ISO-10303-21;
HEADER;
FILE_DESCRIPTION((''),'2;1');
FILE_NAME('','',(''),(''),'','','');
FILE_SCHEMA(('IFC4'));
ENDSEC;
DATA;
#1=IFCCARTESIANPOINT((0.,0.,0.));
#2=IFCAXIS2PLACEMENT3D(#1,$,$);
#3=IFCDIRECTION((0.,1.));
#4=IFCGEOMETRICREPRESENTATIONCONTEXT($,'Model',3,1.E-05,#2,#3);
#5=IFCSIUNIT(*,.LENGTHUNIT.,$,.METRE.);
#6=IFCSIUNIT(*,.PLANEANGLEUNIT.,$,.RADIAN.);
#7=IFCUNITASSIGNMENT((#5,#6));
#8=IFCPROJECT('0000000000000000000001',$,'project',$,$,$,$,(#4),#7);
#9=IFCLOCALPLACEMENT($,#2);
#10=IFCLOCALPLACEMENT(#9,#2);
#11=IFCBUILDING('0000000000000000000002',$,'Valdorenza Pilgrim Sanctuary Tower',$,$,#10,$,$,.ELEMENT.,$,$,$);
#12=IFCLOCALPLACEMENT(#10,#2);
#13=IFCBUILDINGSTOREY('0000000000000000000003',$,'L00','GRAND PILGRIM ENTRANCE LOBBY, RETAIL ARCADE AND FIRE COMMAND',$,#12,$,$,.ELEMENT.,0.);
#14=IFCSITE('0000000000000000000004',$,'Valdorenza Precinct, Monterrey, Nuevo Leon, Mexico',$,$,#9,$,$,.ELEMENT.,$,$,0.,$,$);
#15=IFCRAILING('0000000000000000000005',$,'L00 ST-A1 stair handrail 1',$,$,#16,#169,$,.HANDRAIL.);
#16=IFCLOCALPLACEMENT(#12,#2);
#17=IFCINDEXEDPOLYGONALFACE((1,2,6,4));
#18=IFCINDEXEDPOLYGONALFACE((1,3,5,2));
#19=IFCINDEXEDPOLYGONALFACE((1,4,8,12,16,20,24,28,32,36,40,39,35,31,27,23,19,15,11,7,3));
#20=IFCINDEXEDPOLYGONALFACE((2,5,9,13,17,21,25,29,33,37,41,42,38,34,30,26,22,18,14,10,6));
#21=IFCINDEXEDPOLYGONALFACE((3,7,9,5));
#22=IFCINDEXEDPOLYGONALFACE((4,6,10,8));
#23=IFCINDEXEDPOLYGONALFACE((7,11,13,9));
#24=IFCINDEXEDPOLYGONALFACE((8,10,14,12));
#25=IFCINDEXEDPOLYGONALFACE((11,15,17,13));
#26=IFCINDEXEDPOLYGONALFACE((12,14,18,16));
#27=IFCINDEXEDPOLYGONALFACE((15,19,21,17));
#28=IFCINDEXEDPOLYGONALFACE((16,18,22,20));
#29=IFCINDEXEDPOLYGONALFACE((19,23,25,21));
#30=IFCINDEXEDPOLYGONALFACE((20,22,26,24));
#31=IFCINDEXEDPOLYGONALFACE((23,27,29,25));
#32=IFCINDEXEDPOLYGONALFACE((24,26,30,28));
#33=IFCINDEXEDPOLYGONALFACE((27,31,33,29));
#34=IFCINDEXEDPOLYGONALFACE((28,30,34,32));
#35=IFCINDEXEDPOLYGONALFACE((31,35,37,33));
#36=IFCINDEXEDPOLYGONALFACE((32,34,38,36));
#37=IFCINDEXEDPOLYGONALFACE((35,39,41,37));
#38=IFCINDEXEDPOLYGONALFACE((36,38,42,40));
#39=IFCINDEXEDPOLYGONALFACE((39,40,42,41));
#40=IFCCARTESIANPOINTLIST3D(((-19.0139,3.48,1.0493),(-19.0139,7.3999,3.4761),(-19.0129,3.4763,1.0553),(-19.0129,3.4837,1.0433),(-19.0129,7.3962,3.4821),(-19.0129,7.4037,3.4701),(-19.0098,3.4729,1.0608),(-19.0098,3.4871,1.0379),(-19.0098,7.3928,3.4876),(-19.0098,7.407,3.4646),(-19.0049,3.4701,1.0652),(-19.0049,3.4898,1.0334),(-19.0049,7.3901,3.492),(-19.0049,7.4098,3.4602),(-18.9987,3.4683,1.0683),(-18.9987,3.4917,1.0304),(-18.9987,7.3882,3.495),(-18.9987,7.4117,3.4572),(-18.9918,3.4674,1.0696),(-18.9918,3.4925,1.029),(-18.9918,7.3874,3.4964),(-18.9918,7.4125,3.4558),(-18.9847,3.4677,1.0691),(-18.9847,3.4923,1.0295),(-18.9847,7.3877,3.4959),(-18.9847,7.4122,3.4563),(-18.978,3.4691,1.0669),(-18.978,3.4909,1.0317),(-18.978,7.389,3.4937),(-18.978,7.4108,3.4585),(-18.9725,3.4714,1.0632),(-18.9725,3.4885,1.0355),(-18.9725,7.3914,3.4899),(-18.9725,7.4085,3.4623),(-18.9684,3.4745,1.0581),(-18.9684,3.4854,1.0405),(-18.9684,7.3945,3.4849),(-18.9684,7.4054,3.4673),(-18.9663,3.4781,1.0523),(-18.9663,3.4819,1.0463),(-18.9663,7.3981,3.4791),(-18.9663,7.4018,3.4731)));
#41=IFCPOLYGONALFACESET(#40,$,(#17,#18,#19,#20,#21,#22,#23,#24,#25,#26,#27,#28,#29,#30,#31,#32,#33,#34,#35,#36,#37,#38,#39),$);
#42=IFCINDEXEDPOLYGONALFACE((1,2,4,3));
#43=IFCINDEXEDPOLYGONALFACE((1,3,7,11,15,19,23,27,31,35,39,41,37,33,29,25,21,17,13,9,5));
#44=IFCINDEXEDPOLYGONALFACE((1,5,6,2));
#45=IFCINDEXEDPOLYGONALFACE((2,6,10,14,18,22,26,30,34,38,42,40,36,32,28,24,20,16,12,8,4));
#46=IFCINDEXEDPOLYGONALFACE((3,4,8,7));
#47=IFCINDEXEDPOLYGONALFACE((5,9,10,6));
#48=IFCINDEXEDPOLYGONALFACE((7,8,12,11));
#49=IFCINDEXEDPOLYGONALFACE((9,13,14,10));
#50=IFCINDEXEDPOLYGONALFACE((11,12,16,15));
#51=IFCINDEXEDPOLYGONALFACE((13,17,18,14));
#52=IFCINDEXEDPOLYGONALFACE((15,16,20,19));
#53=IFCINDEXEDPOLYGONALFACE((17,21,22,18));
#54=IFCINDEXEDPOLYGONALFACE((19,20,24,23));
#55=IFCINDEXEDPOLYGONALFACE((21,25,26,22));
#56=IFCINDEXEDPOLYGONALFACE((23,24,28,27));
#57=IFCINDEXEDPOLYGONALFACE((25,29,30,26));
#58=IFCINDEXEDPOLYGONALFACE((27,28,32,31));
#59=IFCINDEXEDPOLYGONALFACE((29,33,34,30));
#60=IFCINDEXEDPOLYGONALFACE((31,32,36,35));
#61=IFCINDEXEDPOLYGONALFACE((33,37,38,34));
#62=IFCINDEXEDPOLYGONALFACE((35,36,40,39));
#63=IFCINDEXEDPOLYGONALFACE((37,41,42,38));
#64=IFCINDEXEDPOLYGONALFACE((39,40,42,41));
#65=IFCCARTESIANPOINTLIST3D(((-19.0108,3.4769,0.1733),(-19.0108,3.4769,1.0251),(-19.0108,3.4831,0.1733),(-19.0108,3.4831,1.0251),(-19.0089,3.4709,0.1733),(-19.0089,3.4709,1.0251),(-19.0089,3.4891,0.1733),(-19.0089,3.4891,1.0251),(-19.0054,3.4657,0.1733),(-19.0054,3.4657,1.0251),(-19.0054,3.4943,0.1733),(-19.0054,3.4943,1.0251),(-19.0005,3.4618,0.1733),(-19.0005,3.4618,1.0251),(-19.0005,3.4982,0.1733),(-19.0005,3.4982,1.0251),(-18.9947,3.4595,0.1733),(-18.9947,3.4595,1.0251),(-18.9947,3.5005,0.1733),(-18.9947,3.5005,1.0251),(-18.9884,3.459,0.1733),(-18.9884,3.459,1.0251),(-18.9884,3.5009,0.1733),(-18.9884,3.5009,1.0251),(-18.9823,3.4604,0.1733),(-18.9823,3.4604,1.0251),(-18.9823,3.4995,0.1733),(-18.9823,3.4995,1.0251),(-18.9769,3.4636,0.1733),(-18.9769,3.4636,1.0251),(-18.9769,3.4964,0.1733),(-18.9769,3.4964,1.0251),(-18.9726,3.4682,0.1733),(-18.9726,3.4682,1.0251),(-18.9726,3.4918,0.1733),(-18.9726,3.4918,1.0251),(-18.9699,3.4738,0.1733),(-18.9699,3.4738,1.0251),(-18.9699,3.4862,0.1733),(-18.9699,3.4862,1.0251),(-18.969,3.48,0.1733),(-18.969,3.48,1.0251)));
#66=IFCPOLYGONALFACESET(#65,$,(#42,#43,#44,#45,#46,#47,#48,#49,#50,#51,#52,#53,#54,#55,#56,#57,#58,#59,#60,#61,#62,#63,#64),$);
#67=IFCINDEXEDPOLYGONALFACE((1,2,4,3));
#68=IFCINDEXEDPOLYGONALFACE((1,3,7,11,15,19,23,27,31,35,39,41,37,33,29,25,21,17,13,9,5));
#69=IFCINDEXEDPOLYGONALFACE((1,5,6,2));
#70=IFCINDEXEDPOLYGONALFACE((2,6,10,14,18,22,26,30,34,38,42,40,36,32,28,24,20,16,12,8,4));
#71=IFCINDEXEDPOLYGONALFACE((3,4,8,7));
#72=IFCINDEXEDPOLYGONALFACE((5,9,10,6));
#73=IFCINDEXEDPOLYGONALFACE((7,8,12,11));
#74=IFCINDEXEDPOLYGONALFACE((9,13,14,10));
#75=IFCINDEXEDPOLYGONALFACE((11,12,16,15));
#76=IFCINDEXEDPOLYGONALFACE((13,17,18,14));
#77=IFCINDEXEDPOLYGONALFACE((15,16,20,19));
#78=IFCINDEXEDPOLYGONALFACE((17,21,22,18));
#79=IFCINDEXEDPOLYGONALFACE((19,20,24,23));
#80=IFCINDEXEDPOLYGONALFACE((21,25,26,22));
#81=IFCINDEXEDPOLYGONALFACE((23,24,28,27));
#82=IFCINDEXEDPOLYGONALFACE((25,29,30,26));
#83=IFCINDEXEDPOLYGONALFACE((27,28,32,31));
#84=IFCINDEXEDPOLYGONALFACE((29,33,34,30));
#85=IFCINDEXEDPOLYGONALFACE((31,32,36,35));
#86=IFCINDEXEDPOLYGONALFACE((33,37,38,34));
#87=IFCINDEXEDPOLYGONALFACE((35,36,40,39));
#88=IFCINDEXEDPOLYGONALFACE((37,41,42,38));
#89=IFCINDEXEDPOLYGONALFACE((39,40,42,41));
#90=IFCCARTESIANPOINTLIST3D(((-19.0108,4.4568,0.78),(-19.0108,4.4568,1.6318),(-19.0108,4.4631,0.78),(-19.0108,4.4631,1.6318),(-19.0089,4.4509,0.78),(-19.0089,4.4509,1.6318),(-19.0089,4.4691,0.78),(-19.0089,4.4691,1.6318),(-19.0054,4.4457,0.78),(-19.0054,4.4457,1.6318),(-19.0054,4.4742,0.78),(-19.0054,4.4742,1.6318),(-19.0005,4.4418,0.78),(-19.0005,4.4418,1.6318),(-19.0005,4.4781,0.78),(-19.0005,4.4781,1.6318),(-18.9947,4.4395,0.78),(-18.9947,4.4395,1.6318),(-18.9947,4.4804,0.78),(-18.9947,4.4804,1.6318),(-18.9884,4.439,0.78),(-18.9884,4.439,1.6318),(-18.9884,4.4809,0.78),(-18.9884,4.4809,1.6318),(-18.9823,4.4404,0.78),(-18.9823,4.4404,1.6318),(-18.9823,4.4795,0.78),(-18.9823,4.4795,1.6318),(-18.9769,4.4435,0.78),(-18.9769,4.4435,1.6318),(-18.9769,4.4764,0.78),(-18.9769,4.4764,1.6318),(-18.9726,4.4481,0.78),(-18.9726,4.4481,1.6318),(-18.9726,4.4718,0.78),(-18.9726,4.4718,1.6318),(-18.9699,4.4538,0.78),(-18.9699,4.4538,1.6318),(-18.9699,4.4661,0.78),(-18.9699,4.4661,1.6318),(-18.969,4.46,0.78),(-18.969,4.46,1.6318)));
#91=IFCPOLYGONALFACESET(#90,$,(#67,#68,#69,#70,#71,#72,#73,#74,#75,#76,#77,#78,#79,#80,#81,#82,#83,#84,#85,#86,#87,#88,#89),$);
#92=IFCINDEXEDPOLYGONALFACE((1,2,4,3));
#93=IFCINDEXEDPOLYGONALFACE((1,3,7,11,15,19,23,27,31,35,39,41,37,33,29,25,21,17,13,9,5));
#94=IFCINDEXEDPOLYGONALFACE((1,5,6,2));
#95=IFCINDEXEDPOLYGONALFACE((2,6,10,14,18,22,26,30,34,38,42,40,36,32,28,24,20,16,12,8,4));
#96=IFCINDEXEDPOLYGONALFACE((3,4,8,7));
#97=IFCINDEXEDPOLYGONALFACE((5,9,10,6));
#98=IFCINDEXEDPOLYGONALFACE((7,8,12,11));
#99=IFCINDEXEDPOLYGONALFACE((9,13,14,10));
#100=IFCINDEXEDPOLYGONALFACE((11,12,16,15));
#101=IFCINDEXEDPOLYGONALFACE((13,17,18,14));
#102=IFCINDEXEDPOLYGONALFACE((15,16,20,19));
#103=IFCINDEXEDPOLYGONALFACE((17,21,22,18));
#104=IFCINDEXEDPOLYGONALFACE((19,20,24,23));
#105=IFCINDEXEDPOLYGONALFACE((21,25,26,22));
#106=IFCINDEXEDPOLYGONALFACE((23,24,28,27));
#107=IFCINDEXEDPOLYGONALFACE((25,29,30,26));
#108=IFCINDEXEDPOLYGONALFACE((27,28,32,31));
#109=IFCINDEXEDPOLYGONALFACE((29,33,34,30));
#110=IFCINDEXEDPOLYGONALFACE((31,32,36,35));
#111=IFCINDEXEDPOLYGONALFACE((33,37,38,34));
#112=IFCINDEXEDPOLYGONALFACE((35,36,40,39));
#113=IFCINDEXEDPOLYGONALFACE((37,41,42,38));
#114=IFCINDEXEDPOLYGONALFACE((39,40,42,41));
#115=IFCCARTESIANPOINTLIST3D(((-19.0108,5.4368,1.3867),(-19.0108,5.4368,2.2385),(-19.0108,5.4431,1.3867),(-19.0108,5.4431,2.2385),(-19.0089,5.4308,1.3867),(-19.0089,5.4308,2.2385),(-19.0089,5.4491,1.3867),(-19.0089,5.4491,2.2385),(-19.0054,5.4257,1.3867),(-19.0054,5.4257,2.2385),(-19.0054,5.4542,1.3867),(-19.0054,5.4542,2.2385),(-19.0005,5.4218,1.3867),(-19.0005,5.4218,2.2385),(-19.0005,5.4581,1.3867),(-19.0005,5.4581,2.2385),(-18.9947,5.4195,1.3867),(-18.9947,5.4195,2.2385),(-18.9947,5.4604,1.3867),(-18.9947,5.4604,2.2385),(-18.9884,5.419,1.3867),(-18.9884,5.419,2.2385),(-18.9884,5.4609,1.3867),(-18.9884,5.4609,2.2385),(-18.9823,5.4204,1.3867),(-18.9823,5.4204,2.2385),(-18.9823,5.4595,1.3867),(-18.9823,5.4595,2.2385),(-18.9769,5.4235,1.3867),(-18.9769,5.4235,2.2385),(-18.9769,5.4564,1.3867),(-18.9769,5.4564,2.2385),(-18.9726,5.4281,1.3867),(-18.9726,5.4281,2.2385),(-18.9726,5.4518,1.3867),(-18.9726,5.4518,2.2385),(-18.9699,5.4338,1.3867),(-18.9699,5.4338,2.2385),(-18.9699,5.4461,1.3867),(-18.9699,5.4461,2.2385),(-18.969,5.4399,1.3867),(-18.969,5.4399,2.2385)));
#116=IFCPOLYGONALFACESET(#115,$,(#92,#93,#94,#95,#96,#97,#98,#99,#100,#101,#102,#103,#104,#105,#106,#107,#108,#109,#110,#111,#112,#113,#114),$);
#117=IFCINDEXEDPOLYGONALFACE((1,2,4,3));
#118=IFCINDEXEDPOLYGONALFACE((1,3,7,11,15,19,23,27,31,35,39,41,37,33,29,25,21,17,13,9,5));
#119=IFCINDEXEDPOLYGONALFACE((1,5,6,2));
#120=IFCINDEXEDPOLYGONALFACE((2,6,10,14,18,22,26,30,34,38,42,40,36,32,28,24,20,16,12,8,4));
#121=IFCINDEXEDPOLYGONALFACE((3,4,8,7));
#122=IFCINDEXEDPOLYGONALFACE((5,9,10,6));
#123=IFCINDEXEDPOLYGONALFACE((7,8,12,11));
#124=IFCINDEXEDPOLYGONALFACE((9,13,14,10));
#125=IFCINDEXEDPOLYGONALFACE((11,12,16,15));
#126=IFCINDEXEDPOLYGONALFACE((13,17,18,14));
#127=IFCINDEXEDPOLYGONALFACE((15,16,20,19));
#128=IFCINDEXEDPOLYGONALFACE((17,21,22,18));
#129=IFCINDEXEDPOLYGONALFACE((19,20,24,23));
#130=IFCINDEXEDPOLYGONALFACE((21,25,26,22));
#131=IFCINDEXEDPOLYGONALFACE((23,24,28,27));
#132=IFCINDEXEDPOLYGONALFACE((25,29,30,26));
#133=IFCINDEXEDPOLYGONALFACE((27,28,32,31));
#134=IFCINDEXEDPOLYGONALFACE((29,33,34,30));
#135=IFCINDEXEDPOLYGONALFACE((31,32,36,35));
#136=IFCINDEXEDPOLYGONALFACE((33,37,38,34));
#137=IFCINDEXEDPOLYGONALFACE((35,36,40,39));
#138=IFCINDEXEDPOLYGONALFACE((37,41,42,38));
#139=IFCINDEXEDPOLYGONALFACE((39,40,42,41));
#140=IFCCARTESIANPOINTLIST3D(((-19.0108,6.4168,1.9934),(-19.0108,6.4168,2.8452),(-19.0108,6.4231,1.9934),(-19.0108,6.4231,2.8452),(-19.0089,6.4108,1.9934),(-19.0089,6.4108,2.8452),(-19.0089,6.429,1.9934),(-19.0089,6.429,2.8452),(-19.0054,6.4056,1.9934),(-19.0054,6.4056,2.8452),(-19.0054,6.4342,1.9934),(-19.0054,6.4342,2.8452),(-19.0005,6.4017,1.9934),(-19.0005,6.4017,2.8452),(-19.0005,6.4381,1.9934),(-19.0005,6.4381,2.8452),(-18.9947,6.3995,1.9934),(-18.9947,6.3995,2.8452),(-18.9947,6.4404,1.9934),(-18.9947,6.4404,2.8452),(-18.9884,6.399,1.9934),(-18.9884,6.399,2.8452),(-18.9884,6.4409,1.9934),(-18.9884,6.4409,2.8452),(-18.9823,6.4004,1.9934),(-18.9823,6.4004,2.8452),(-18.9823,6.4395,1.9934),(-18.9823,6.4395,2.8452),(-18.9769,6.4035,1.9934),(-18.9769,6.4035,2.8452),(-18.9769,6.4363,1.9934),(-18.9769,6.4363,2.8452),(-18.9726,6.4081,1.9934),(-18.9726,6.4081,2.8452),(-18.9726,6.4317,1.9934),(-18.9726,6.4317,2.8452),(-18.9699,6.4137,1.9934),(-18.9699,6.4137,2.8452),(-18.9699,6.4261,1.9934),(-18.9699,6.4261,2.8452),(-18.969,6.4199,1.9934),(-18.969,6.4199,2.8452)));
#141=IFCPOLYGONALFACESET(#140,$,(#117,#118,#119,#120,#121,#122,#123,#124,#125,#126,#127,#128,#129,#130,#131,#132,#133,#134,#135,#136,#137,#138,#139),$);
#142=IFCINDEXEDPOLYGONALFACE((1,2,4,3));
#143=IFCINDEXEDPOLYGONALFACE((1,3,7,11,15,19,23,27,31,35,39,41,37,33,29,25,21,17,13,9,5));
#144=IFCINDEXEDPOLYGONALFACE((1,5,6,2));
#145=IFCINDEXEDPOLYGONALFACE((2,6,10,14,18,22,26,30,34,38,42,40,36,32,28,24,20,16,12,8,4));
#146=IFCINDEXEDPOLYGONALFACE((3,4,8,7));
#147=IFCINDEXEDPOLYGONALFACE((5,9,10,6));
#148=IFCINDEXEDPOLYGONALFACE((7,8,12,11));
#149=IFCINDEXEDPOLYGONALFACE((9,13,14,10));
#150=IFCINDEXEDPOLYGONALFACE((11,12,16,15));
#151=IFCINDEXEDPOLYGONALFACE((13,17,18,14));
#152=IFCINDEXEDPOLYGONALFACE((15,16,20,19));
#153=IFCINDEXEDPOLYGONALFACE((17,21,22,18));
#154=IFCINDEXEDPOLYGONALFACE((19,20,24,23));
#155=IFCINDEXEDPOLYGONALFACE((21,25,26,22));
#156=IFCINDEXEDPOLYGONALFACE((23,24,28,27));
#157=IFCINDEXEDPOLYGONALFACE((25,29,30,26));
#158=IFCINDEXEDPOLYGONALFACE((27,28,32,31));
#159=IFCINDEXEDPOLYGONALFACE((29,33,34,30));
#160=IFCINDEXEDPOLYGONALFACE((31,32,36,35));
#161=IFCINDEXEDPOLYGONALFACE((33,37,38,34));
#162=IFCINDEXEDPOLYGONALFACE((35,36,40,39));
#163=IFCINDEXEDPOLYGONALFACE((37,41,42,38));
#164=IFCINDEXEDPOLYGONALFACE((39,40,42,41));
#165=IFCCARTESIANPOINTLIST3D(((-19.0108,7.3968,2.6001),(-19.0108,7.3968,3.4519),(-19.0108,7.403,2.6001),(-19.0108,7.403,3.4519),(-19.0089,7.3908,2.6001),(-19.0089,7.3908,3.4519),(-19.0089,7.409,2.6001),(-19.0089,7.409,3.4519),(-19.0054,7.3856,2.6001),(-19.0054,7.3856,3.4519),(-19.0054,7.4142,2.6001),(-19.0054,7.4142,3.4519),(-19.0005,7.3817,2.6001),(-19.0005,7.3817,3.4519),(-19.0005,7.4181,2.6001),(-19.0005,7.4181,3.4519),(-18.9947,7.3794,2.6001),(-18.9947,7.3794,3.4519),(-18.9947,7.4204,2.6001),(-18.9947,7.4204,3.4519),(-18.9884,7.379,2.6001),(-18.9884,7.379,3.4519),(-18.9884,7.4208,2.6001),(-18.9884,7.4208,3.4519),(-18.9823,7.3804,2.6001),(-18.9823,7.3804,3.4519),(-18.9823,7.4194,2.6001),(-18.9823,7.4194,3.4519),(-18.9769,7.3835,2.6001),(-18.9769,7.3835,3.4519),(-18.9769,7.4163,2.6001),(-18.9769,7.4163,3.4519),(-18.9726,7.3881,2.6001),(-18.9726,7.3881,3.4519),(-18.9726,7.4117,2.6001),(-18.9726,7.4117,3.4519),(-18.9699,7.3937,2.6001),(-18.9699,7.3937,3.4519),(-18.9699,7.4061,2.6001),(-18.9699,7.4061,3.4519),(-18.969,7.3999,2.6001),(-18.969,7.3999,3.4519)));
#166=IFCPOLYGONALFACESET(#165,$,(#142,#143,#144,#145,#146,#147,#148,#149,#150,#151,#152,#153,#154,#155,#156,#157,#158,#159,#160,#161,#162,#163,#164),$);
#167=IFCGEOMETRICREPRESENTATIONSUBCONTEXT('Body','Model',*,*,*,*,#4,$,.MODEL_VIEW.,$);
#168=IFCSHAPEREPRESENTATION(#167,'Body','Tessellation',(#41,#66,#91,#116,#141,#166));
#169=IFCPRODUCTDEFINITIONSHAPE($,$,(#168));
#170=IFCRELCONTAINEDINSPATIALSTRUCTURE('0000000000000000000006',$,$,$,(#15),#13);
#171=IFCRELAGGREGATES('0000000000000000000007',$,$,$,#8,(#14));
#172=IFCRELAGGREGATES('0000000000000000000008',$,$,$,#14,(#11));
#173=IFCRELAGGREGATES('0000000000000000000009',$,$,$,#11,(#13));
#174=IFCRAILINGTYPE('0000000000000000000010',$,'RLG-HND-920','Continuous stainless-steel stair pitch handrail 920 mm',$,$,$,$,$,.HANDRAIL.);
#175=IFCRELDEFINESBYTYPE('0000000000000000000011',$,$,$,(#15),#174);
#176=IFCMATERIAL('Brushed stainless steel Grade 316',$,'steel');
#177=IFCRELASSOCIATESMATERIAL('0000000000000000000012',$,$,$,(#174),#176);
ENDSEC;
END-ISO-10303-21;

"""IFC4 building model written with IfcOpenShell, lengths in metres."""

from ifc_helpers import new_model, si_unit, direction, frame, origin, origin_2d, place, context, subcontext, project, spatial, circle, extrude, material, type_object, element, save


model = new_model("IFC4")

# Units and contexts
model_context = context("Model", 3, precision=1e-05, world=origin(), true_north=direction((0.0, 1.0)))
body_context = subcontext(model_context, "Body", "Model", "MODEL_VIEW")
ifc_project = project(units=[si_unit("LENGTHUNIT", "METRE"), si_unit("PLANEANGLEUNIT", "RADIAN")], contexts=[model_context])

# Site, building, storey
site_placement = place(None, origin())
site = spatial("IfcSite", under=ifc_project, at=site_placement, Name="Valdorenza Precinct, Monterrey, Nuevo Leon, Mexico", CompositionType="ELEMENT", RefElevation=0.0)
building_placement = place(site_placement, origin())
building = spatial("IfcBuilding", under=site, at=building_placement, Name="Valdorenza Pilgrim Sanctuary Tower", CompositionType="ELEMENT")
storey_placement = place(building_placement, origin())
storey = spatial("IfcBuildingStorey", under=building, at=storey_placement, Name="L00", Description="GRAND PILGRIM ENTRANCE LOBBY, RETAIL ARCADE AND FIRE COMMAND", CompositionType="ELEMENT", Elevation=0.0)

# Railing
ifc_material_1 = material(Name="Brushed stainless steel Grade 316", Category="steel")
railing_type_1 = type_object("IfcRailingType", Name="RLG-HND-920", Description="Continuous stainless-steel stair pitch handrail 920 mm", PredefinedType="HANDRAIL", material=ifc_material_1)
railing_1_placement = place(storey_placement, frame((-18.99, 3.48, 0.1733)))
element("IfcRailing", 1, at=railing_1_placement, inside=storey, type_object=railing_type_1, Name="L00 ST-A1 stair handrail 1", PredefinedType="HANDRAIL", context=body_context, shape_type="SweptSolid", body=[
    extrude(circle(Radius=0.0239, at=origin_2d()), frame((0.0, 0.0, 0.876), z_axis=(0.0, 0.850252, 0.526376), x_axis=(-1.0, 0.0, 0.0)), (0.0, 0.0, 1.0), 4.6104),
    extrude(circle(Radius=0.021, at=origin_2d()), origin(), (0.0, 0.0, 1.0), 0.8518),
    extrude(circle(Radius=0.021, at=origin_2d()), frame((0.0, 0.98, 0.6067)), (0.0, 0.0, 1.0), 0.8518),
    extrude(circle(Radius=0.021, at=origin_2d()), frame((0.0, 1.96, 1.2134)), (0.0, 0.0, 1.0), 0.8518),
    extrude(circle(Radius=0.021, at=origin_2d()), frame((0.0, 2.9399, 1.8201)), (0.0, 0.0, 1.0), 0.8518),
    extrude(circle(Radius=0.021, at=origin_2d()), frame((0.0, 3.9199, 2.4268)), (0.0, 0.0, 1.0), 0.8518),
])

save(model, "model.ifc")
